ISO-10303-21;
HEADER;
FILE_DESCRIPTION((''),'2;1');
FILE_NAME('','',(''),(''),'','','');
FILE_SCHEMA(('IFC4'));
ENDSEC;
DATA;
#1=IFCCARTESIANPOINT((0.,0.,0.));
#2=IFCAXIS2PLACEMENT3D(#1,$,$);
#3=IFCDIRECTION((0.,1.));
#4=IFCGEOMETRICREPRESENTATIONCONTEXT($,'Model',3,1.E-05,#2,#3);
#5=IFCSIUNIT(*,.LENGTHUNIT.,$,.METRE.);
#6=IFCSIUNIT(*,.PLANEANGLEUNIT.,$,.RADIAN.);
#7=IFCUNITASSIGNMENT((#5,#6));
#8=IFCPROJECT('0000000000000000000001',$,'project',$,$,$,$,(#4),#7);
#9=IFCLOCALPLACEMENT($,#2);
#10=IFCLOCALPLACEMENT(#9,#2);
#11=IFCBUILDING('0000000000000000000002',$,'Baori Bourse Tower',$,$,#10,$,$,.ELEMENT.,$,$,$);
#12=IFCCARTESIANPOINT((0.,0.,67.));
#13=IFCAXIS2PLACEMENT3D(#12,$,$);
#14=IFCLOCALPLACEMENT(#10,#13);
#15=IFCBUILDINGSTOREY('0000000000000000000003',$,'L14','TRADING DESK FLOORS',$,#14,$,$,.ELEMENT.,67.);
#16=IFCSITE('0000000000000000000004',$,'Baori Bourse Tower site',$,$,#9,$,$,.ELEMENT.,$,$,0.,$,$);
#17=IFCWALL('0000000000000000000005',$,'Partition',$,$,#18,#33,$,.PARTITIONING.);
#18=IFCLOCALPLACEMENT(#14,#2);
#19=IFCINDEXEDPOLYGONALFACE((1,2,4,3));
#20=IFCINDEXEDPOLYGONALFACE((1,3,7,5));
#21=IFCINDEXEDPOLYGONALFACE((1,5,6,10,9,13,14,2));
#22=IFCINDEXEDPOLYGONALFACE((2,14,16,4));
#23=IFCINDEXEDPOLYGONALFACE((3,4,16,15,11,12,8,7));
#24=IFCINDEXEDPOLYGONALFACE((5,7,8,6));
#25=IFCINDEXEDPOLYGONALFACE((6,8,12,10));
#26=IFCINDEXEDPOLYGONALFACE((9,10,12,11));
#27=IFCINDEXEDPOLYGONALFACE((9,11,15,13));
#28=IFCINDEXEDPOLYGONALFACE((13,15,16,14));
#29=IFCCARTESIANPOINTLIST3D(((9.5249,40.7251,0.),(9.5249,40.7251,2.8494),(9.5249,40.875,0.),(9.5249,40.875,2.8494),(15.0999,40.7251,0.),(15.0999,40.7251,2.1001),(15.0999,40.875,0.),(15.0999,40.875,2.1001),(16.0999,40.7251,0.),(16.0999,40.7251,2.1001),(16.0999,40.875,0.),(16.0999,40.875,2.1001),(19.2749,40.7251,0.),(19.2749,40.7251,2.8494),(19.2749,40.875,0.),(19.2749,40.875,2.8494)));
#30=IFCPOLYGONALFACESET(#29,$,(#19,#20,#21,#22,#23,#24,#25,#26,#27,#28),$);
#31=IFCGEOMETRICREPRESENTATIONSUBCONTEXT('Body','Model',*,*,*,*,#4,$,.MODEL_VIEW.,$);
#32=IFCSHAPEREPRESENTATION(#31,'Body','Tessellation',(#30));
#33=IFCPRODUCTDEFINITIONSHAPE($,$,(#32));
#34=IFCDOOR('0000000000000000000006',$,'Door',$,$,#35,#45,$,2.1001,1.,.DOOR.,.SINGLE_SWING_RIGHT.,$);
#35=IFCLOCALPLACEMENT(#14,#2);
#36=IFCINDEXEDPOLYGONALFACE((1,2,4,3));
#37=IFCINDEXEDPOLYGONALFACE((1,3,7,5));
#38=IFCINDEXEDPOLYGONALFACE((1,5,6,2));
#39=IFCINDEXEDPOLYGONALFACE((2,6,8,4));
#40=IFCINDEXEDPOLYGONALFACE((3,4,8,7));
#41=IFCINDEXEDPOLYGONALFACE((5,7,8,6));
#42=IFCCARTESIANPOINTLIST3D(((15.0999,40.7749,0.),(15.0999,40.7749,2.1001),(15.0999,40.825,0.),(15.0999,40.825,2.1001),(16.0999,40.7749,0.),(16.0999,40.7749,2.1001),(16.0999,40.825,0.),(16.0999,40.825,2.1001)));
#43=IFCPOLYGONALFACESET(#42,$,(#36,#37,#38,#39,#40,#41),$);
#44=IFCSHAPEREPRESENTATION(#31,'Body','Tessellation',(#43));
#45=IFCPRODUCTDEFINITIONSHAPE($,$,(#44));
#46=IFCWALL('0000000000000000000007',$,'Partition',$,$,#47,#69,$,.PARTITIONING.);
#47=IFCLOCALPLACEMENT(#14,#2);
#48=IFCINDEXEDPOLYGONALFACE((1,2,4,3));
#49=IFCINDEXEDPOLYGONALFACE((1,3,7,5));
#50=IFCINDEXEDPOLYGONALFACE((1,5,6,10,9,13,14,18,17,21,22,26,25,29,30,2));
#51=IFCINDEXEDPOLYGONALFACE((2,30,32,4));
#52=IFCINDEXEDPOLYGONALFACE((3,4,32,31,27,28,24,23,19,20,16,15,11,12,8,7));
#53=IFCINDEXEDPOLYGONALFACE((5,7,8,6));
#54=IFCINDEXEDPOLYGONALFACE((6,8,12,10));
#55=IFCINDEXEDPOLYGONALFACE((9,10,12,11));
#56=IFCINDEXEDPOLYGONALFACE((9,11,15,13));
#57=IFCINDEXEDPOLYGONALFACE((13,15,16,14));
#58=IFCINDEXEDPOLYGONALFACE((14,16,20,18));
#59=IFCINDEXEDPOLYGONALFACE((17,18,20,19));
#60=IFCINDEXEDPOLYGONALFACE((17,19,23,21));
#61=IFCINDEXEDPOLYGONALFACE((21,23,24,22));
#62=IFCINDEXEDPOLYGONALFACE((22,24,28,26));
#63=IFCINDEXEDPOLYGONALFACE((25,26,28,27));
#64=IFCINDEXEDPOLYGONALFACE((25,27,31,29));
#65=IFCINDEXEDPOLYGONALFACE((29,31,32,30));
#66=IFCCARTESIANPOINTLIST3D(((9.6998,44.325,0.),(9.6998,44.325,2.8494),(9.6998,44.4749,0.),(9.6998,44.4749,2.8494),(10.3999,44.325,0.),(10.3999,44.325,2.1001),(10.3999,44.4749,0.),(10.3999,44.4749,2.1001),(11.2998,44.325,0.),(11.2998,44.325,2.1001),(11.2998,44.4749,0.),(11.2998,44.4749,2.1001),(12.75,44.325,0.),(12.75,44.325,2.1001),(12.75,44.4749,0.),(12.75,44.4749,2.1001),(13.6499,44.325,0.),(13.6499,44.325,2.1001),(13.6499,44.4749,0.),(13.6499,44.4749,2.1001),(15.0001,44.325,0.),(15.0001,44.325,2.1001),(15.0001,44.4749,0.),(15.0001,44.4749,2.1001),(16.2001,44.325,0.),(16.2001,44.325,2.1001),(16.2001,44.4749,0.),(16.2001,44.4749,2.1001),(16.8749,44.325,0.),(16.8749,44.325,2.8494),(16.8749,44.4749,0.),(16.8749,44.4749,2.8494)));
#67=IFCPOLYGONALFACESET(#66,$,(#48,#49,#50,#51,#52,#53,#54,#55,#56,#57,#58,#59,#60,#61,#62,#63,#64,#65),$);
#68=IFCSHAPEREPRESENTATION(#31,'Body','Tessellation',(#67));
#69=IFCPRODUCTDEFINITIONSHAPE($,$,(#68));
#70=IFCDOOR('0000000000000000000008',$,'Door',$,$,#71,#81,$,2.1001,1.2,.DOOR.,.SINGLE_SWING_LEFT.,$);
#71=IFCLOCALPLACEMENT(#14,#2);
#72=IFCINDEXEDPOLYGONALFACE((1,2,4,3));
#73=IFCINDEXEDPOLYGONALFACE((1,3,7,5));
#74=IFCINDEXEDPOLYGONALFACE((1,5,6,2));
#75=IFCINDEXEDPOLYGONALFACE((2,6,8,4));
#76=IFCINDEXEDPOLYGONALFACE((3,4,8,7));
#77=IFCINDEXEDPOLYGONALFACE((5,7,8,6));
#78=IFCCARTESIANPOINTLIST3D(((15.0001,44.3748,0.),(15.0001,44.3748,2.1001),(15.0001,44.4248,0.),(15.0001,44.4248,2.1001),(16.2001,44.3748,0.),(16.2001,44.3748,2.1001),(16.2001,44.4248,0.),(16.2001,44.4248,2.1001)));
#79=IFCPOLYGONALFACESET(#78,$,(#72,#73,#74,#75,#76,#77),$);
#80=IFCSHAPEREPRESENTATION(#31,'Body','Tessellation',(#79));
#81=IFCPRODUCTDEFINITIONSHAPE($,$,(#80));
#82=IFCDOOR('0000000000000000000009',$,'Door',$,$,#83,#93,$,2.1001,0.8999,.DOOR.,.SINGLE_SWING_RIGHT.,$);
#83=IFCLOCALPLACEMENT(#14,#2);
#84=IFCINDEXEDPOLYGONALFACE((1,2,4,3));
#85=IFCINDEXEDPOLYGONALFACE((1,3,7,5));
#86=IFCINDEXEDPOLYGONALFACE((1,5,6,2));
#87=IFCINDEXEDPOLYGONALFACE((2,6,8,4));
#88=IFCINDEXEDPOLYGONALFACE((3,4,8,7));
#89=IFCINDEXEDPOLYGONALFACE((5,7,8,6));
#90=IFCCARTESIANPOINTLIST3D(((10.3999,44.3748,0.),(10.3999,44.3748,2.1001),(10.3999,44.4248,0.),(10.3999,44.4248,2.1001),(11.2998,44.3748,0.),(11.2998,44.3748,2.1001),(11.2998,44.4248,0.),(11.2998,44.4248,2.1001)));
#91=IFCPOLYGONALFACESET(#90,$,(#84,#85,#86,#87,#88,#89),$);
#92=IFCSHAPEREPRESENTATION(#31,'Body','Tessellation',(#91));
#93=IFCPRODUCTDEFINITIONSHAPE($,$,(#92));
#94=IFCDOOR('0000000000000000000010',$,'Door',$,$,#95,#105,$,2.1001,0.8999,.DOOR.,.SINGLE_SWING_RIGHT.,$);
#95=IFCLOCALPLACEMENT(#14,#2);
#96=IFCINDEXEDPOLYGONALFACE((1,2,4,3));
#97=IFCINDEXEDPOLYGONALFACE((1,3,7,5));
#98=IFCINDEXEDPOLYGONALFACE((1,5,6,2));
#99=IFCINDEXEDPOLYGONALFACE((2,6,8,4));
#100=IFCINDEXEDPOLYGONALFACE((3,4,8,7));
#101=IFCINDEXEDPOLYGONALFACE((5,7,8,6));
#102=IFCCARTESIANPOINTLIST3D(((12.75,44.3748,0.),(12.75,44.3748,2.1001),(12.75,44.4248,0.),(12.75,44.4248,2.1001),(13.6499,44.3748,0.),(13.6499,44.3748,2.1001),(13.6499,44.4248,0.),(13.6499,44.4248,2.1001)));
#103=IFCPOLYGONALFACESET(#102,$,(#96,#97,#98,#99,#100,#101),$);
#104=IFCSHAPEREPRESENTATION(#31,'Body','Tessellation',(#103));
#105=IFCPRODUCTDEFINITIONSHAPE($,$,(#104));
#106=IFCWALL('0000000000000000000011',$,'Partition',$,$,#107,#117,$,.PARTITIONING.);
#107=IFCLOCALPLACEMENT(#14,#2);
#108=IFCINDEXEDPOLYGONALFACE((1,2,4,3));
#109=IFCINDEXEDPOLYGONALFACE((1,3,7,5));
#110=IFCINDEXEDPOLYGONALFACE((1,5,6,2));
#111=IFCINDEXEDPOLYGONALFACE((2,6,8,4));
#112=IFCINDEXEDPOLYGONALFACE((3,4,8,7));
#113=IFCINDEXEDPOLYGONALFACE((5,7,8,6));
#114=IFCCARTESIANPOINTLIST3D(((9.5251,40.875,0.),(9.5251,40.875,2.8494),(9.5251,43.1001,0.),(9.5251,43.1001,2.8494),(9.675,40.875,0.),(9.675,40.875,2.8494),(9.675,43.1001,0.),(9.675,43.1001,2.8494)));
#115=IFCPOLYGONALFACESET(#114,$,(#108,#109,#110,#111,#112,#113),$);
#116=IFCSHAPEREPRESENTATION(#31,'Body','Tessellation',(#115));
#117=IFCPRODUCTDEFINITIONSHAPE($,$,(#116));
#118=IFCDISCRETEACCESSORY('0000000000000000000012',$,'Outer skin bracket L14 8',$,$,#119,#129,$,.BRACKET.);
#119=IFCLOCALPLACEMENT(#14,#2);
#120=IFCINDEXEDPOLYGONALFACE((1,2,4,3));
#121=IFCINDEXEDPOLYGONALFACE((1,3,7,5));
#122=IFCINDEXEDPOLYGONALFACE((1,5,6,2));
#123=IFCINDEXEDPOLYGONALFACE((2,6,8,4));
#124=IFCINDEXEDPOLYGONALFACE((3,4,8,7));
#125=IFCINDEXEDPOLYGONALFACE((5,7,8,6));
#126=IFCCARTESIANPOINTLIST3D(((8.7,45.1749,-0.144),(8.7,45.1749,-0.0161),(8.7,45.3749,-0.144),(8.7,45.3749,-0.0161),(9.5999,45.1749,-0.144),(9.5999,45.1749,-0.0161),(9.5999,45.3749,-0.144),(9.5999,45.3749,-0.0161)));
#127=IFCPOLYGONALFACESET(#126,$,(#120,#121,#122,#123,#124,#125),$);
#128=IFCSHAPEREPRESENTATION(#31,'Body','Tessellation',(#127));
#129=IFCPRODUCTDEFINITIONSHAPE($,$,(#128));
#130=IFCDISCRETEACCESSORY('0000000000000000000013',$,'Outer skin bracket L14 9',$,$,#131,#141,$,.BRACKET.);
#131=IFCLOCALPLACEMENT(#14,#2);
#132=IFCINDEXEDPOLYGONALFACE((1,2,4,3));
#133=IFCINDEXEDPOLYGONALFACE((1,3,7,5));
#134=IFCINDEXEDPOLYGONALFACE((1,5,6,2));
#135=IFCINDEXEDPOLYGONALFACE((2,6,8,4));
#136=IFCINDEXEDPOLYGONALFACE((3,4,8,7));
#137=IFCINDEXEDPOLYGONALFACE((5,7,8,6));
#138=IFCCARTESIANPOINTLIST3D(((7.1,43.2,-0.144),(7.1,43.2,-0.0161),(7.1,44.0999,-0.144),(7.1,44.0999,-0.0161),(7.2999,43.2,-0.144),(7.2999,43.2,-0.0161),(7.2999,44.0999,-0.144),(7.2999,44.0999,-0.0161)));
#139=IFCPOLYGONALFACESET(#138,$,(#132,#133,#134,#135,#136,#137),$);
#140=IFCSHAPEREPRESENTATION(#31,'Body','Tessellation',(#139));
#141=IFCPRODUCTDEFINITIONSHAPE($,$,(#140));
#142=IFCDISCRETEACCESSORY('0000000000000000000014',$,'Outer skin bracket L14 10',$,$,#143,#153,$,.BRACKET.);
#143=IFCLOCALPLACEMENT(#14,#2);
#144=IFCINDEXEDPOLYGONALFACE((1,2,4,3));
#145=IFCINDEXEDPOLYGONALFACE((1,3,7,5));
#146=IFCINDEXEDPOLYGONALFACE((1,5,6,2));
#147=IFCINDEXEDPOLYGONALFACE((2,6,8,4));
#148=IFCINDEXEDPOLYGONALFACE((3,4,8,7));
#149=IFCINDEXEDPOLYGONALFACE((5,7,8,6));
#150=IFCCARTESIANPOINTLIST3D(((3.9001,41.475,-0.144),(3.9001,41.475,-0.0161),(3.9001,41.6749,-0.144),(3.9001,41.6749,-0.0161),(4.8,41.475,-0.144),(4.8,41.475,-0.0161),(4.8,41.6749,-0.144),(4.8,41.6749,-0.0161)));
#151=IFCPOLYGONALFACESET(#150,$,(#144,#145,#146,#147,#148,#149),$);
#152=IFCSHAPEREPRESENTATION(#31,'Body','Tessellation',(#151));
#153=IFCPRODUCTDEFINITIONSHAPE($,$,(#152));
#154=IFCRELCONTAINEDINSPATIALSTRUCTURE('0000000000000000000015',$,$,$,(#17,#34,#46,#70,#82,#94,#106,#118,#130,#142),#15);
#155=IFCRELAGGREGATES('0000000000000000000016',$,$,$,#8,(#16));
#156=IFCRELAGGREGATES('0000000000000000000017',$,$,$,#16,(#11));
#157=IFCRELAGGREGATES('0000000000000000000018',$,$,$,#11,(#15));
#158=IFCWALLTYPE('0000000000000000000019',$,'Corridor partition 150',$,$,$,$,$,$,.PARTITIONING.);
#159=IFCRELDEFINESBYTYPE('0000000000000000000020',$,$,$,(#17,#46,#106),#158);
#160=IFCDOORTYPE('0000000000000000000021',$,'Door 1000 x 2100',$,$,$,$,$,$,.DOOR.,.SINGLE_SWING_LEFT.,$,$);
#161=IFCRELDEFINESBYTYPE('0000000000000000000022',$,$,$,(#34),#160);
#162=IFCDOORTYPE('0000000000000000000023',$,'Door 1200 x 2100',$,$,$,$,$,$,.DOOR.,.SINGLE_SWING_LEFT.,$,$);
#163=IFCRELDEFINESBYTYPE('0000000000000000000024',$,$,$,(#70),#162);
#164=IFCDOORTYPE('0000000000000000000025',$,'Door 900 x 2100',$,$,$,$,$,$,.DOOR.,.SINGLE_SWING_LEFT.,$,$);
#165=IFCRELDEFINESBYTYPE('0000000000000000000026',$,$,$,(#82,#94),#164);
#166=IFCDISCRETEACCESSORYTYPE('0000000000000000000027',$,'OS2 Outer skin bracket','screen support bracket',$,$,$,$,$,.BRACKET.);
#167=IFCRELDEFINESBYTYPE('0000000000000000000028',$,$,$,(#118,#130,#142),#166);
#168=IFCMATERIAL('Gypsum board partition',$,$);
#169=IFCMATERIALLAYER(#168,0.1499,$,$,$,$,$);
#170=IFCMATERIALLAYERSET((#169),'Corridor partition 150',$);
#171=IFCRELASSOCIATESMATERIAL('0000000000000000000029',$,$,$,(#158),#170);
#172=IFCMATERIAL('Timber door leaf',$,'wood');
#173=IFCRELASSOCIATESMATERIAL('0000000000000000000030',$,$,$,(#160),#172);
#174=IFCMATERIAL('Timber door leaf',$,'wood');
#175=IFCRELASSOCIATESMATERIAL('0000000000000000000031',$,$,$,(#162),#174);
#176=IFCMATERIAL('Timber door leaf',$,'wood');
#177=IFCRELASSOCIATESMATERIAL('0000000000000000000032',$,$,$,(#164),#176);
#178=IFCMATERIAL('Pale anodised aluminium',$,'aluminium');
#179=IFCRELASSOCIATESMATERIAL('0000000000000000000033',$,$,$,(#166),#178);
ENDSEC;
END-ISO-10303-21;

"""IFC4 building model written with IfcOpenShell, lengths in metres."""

from ifc_helpers import new_model, si_unit, direction, frame, frame_2d, origin, origin_2d, place, context, subcontext, project, spatial, rectangle, extrude, material, layer, layer_set, type_object, element, fill, save


model = new_model("IFC4")

# Units and contexts
model_context = context("Model", 3, precision=1e-05, world=origin(), true_north=direction((0.0, 1.0)))
body_context = subcontext(model_context, "Body", "Model", "MODEL_VIEW")
ifc_project = project(units=[si_unit("LENGTHUNIT", "METRE"), si_unit("PLANEANGLEUNIT", "RADIAN")], contexts=[model_context])

# Site, building, storey
site_placement = place(None, origin())
site = spatial("IfcSite", under=ifc_project, at=site_placement, Name="Baori Bourse Tower site", CompositionType="ELEMENT", RefElevation=0.0)
building_placement = place(site_placement, origin())
building = spatial("IfcBuilding", under=site, at=building_placement, Name="Baori Bourse Tower", CompositionType="ELEMENT")
storey_placement = place(building_placement, frame((0.0, 0.0, 67.0)))
storey = spatial("IfcBuildingStorey", under=building, at=storey_placement, Name="L14", Description="TRADING DESK FLOORS", CompositionType="ELEMENT", Elevation=67.0)

# Wall, opening, door
ifc_material_1 = material(Name="Gypsum board partition")
ifc_layer_1 = layer(ifc_material_1, 0.1499)
ifc_layer_set_1 = layer_set([ifc_layer_1], Name="Corridor partition 150")
wall_type = type_object("IfcWallType", Name="Corridor partition 150", PredefinedType="PARTITIONING", material=ifc_layer_set_1)
wall_1_placement = place(storey_placement, frame((9.5249, 40.8, 0.0), z_axis=(0.0, 0.0, 1.0), x_axis=(1.0, 0.0, 0.0)))
wall_1 = element("IfcWall", 1, at=wall_1_placement, inside=storey, type_object=wall_type, Name="Partition", PredefinedType="PARTITIONING", context=body_context, shape_type="SweptSolid", body=[
    extrude(rectangle(XDim=9.75, YDim=0.1499, at=frame_2d((4.875, 0.0))), origin(), (0.0, 0.0, 1.0), 2.8494),
])
opening_1_placement = place(wall_1_placement, frame((5.575, 0.0, 0.0)))
opening_1 = element("IfcOpeningElement", 2, at=opening_1_placement, cuts=wall_1, PredefinedType="OPENING", context=body_context, shape_type="SweptSolid", body=[
    extrude(rectangle(XDim=1.0, YDim=2.1001, at=frame_2d((0.5, 1.05))), frame((0.0, 0.085, 0.0), z_axis=(0.0, -1.0, 0.0), x_axis=(1.0, 0.0, 0.0)), (0.0, 0.0, 1.0), 0.1699),
])
ifc_material_2 = material(Name="Timber door leaf", Category="wood")
door_type_1 = type_object("IfcDoorType", Name="Door 1000 x 2100", OperationType="SINGLE_SWING_LEFT", PredefinedType="DOOR", material=ifc_material_2)
door_1_placement = place(opening_1_placement, origin())
door_1 = element("IfcDoor", 3, at=door_1_placement, inside=storey, type_object=door_type_1, Name="Door", OperationType="SINGLE_SWING_RIGHT", OverallHeight=2.1001, OverallWidth=1.0, PredefinedType="DOOR", context=body_context, shape_type="SweptSolid", body=[
    extrude(rectangle(XDim=1.0, YDim=2.1001, at=frame_2d((0.5, 1.05))), frame((0.0, 0.0249, 0.0), z_axis=(0.0, -1.0, 0.0), x_axis=(1.0, 0.0, 0.0)), (0.0, 0.0, 1.0), 0.05),
])
fill(opening_1, door_1)

# Wall, openings, doors
wall_2_placement = place(storey_placement, frame((9.7, 44.3999, 0.0), z_axis=(0.0, 0.0, 1.0), x_axis=(1.0, 0.0, 0.0)))
wall_2 = element("IfcWall", 4, at=wall_2_placement, inside=storey, type_object=wall_type, Name="Partition", PredefinedType="PARTITIONING", context=body_context, shape_type="SweptSolid", body=[
    extrude(rectangle(XDim=7.175, YDim=0.1499, at=frame_2d((3.5874, 0.0))), origin(), (0.0, 0.0, 1.0), 2.8494),
])
opening_2_placement = place(wall_2_placement, frame((0.7, 0.0, 0.0)))
opening_2 = element("IfcOpeningElement", 5, at=opening_2_placement, cuts=wall_2, PredefinedType="OPENING", context=body_context, shape_type="SweptSolid", body=[
    extrude(rectangle(XDim=0.8999, YDim=2.1001, at=frame_2d((0.45, 1.05))), frame((0.0, 0.085, 0.0), z_axis=(0.0, -1.0, 0.0), x_axis=(1.0, 0.0, 0.0)), (0.0, 0.0, 1.0), 0.1699),
])
opening_3_placement = place(wall_2_placement, frame((3.05, 0.0, 0.0)))
opening_3 = element("IfcOpeningElement", 6, at=opening_3_placement, cuts=wall_2, PredefinedType="OPENING", context=body_context, shape_type="SweptSolid", body=[
    extrude(rectangle(XDim=0.8999, YDim=2.1001, at=frame_2d((0.45, 1.05))), frame((0.0, 0.085, 0.0), z_axis=(0.0, -1.0, 0.0), x_axis=(1.0, 0.0, 0.0)), (0.0, 0.0, 1.0), 0.1699),
])
opening_4_placement = place(wall_2_placement, frame((5.3, 0.0, 0.0)))
opening_4 = element("IfcOpeningElement", 7, at=opening_4_placement, cuts=wall_2, PredefinedType="OPENING", context=body_context, shape_type="SweptSolid", body=[
    extrude(rectangle(XDim=1.2, YDim=2.1001, at=frame_2d((0.6001, 1.05))), frame((0.0, 0.085, 0.0), z_axis=(0.0, -1.0, 0.0), x_axis=(1.0, 0.0, 0.0)), (0.0, 0.0, 1.0), 0.1699),
])
ifc_material_3 = material(Name="Timber door leaf", Category="wood")
door_type_2 = type_object("IfcDoorType", Name="Door 1200 x 2100", OperationType="SINGLE_SWING_LEFT", PredefinedType="DOOR", material=ifc_material_3)
door_2_placement = place(opening_4_placement, origin())
door_2 = element("IfcDoor", 8, at=door_2_placement, inside=storey, type_object=door_type_2, Name="Door", OperationType="SINGLE_SWING_LEFT", OverallHeight=2.1001, OverallWidth=1.2, PredefinedType="DOOR", context=body_context, shape_type="SweptSolid", body=[
    extrude(rectangle(XDim=1.2, YDim=2.1001, at=frame_2d((0.6001, 1.05))), frame((0.0, 0.0249, 0.0), z_axis=(0.0, -1.0, 0.0), x_axis=(1.0, 0.0, 0.0)), (0.0, 0.0, 1.0), 0.05),
])
fill(opening_4, door_2)
ifc_material_4 = material(Name="Timber door leaf", Category="wood")
door_type_3 = type_object("IfcDoorType", Name="Door 900 x 2100", OperationType="SINGLE_SWING_LEFT", PredefinedType="DOOR", material=ifc_material_4)
door_3_placement = place(opening_2_placement, origin())
door_3 = element("IfcDoor", 9, at=door_3_placement, inside=storey, type_object=door_type_3, Name="Door", OperationType="SINGLE_SWING_RIGHT", OverallHeight=2.1001, OverallWidth=0.8999, PredefinedType="DOOR", context=body_context, shape_type="SweptSolid", body=[
    extrude(rectangle(XDim=0.8999, YDim=2.1001, at=frame_2d((0.45, 1.05))), frame((0.0, 0.0249, 0.0), z_axis=(0.0, -1.0, 0.0), x_axis=(1.0, 0.0, 0.0)), (0.0, 0.0, 1.0), 0.05),
])
fill(opening_2, door_3)
door_4_placement = place(opening_3_placement, origin())
door_4 = element("IfcDoor", 10, at=door_4_placement, inside=storey, type_object=door_type_3, Name="Door", OperationType="SINGLE_SWING_RIGHT", OverallHeight=2.1001, OverallWidth=0.8999, PredefinedType="DOOR", context=body_context, shape_type="SweptSolid", body=[
    extrude(rectangle(XDim=0.8999, YDim=2.1001, at=frame_2d((0.45, 1.05))), frame((0.0, 0.0249, 0.0), z_axis=(0.0, -1.0, 0.0), x_axis=(1.0, 0.0, 0.0)), (0.0, 0.0, 1.0), 0.05),
])
fill(opening_3, door_4)

# Wall
wall_3_placement = place(storey_placement, frame((9.6001, 40.875, 0.0), z_axis=(0.0, 0.0, 1.0), x_axis=(0.0, 1.0, 0.0)))
element("IfcWall", 11, at=wall_3_placement, inside=storey, type_object=wall_type, Name="Partition", PredefinedType="PARTITIONING", context=body_context, shape_type="SweptSolid", body=[
    extrude(rectangle(XDim=2.2251, YDim=0.1499, at=frame_2d((1.1125, 0.0))), origin(), (0.0, 0.0, 1.0), 2.8494),
])

# Discrete accessories
ifc_material_5 = material(Name="Pale anodised aluminium", Category="aluminium")
discrete_accessory_type = type_object("IfcDiscreteAccessoryType", Name="OS2 Outer skin bracket", Description="screen support bracket", PredefinedType="BRACKET", material=ifc_material_5)
for number, where, z_axis, x_axis, name in (
    (12, (9.1499, 45.2749, -0.144), (0.0, 0.0, 1.0), (0.0, -1.0, 0.0), "Outer skin bracket L14 8"),
    (13, (7.2, 43.6499, -0.144), (0.0, 0.0, 1.0), (-1.0, 0.0, 0.0), "Outer skin bracket L14 9"),
    (14, (4.3501, 41.575, -0.144), (0.0, 0.0, 1.0), (0.0, -1.0, 0.0), "Outer skin bracket L14 10"),
):
    element("IfcDiscreteAccessory", number, at=place(storey_placement, frame(where, z_axis=z_axis, x_axis=x_axis)), inside=storey, type_object=discrete_accessory_type, Name=name, PredefinedType="BRACKET", context=body_context, shape_type="SweptSolid", body=[
        extrude(rectangle(XDim=0.2, YDim=0.8999, at=origin_2d()), origin(), (0.0, 0.0, 1.0), 0.1279),
    ])

save(model, "model.ifc")
